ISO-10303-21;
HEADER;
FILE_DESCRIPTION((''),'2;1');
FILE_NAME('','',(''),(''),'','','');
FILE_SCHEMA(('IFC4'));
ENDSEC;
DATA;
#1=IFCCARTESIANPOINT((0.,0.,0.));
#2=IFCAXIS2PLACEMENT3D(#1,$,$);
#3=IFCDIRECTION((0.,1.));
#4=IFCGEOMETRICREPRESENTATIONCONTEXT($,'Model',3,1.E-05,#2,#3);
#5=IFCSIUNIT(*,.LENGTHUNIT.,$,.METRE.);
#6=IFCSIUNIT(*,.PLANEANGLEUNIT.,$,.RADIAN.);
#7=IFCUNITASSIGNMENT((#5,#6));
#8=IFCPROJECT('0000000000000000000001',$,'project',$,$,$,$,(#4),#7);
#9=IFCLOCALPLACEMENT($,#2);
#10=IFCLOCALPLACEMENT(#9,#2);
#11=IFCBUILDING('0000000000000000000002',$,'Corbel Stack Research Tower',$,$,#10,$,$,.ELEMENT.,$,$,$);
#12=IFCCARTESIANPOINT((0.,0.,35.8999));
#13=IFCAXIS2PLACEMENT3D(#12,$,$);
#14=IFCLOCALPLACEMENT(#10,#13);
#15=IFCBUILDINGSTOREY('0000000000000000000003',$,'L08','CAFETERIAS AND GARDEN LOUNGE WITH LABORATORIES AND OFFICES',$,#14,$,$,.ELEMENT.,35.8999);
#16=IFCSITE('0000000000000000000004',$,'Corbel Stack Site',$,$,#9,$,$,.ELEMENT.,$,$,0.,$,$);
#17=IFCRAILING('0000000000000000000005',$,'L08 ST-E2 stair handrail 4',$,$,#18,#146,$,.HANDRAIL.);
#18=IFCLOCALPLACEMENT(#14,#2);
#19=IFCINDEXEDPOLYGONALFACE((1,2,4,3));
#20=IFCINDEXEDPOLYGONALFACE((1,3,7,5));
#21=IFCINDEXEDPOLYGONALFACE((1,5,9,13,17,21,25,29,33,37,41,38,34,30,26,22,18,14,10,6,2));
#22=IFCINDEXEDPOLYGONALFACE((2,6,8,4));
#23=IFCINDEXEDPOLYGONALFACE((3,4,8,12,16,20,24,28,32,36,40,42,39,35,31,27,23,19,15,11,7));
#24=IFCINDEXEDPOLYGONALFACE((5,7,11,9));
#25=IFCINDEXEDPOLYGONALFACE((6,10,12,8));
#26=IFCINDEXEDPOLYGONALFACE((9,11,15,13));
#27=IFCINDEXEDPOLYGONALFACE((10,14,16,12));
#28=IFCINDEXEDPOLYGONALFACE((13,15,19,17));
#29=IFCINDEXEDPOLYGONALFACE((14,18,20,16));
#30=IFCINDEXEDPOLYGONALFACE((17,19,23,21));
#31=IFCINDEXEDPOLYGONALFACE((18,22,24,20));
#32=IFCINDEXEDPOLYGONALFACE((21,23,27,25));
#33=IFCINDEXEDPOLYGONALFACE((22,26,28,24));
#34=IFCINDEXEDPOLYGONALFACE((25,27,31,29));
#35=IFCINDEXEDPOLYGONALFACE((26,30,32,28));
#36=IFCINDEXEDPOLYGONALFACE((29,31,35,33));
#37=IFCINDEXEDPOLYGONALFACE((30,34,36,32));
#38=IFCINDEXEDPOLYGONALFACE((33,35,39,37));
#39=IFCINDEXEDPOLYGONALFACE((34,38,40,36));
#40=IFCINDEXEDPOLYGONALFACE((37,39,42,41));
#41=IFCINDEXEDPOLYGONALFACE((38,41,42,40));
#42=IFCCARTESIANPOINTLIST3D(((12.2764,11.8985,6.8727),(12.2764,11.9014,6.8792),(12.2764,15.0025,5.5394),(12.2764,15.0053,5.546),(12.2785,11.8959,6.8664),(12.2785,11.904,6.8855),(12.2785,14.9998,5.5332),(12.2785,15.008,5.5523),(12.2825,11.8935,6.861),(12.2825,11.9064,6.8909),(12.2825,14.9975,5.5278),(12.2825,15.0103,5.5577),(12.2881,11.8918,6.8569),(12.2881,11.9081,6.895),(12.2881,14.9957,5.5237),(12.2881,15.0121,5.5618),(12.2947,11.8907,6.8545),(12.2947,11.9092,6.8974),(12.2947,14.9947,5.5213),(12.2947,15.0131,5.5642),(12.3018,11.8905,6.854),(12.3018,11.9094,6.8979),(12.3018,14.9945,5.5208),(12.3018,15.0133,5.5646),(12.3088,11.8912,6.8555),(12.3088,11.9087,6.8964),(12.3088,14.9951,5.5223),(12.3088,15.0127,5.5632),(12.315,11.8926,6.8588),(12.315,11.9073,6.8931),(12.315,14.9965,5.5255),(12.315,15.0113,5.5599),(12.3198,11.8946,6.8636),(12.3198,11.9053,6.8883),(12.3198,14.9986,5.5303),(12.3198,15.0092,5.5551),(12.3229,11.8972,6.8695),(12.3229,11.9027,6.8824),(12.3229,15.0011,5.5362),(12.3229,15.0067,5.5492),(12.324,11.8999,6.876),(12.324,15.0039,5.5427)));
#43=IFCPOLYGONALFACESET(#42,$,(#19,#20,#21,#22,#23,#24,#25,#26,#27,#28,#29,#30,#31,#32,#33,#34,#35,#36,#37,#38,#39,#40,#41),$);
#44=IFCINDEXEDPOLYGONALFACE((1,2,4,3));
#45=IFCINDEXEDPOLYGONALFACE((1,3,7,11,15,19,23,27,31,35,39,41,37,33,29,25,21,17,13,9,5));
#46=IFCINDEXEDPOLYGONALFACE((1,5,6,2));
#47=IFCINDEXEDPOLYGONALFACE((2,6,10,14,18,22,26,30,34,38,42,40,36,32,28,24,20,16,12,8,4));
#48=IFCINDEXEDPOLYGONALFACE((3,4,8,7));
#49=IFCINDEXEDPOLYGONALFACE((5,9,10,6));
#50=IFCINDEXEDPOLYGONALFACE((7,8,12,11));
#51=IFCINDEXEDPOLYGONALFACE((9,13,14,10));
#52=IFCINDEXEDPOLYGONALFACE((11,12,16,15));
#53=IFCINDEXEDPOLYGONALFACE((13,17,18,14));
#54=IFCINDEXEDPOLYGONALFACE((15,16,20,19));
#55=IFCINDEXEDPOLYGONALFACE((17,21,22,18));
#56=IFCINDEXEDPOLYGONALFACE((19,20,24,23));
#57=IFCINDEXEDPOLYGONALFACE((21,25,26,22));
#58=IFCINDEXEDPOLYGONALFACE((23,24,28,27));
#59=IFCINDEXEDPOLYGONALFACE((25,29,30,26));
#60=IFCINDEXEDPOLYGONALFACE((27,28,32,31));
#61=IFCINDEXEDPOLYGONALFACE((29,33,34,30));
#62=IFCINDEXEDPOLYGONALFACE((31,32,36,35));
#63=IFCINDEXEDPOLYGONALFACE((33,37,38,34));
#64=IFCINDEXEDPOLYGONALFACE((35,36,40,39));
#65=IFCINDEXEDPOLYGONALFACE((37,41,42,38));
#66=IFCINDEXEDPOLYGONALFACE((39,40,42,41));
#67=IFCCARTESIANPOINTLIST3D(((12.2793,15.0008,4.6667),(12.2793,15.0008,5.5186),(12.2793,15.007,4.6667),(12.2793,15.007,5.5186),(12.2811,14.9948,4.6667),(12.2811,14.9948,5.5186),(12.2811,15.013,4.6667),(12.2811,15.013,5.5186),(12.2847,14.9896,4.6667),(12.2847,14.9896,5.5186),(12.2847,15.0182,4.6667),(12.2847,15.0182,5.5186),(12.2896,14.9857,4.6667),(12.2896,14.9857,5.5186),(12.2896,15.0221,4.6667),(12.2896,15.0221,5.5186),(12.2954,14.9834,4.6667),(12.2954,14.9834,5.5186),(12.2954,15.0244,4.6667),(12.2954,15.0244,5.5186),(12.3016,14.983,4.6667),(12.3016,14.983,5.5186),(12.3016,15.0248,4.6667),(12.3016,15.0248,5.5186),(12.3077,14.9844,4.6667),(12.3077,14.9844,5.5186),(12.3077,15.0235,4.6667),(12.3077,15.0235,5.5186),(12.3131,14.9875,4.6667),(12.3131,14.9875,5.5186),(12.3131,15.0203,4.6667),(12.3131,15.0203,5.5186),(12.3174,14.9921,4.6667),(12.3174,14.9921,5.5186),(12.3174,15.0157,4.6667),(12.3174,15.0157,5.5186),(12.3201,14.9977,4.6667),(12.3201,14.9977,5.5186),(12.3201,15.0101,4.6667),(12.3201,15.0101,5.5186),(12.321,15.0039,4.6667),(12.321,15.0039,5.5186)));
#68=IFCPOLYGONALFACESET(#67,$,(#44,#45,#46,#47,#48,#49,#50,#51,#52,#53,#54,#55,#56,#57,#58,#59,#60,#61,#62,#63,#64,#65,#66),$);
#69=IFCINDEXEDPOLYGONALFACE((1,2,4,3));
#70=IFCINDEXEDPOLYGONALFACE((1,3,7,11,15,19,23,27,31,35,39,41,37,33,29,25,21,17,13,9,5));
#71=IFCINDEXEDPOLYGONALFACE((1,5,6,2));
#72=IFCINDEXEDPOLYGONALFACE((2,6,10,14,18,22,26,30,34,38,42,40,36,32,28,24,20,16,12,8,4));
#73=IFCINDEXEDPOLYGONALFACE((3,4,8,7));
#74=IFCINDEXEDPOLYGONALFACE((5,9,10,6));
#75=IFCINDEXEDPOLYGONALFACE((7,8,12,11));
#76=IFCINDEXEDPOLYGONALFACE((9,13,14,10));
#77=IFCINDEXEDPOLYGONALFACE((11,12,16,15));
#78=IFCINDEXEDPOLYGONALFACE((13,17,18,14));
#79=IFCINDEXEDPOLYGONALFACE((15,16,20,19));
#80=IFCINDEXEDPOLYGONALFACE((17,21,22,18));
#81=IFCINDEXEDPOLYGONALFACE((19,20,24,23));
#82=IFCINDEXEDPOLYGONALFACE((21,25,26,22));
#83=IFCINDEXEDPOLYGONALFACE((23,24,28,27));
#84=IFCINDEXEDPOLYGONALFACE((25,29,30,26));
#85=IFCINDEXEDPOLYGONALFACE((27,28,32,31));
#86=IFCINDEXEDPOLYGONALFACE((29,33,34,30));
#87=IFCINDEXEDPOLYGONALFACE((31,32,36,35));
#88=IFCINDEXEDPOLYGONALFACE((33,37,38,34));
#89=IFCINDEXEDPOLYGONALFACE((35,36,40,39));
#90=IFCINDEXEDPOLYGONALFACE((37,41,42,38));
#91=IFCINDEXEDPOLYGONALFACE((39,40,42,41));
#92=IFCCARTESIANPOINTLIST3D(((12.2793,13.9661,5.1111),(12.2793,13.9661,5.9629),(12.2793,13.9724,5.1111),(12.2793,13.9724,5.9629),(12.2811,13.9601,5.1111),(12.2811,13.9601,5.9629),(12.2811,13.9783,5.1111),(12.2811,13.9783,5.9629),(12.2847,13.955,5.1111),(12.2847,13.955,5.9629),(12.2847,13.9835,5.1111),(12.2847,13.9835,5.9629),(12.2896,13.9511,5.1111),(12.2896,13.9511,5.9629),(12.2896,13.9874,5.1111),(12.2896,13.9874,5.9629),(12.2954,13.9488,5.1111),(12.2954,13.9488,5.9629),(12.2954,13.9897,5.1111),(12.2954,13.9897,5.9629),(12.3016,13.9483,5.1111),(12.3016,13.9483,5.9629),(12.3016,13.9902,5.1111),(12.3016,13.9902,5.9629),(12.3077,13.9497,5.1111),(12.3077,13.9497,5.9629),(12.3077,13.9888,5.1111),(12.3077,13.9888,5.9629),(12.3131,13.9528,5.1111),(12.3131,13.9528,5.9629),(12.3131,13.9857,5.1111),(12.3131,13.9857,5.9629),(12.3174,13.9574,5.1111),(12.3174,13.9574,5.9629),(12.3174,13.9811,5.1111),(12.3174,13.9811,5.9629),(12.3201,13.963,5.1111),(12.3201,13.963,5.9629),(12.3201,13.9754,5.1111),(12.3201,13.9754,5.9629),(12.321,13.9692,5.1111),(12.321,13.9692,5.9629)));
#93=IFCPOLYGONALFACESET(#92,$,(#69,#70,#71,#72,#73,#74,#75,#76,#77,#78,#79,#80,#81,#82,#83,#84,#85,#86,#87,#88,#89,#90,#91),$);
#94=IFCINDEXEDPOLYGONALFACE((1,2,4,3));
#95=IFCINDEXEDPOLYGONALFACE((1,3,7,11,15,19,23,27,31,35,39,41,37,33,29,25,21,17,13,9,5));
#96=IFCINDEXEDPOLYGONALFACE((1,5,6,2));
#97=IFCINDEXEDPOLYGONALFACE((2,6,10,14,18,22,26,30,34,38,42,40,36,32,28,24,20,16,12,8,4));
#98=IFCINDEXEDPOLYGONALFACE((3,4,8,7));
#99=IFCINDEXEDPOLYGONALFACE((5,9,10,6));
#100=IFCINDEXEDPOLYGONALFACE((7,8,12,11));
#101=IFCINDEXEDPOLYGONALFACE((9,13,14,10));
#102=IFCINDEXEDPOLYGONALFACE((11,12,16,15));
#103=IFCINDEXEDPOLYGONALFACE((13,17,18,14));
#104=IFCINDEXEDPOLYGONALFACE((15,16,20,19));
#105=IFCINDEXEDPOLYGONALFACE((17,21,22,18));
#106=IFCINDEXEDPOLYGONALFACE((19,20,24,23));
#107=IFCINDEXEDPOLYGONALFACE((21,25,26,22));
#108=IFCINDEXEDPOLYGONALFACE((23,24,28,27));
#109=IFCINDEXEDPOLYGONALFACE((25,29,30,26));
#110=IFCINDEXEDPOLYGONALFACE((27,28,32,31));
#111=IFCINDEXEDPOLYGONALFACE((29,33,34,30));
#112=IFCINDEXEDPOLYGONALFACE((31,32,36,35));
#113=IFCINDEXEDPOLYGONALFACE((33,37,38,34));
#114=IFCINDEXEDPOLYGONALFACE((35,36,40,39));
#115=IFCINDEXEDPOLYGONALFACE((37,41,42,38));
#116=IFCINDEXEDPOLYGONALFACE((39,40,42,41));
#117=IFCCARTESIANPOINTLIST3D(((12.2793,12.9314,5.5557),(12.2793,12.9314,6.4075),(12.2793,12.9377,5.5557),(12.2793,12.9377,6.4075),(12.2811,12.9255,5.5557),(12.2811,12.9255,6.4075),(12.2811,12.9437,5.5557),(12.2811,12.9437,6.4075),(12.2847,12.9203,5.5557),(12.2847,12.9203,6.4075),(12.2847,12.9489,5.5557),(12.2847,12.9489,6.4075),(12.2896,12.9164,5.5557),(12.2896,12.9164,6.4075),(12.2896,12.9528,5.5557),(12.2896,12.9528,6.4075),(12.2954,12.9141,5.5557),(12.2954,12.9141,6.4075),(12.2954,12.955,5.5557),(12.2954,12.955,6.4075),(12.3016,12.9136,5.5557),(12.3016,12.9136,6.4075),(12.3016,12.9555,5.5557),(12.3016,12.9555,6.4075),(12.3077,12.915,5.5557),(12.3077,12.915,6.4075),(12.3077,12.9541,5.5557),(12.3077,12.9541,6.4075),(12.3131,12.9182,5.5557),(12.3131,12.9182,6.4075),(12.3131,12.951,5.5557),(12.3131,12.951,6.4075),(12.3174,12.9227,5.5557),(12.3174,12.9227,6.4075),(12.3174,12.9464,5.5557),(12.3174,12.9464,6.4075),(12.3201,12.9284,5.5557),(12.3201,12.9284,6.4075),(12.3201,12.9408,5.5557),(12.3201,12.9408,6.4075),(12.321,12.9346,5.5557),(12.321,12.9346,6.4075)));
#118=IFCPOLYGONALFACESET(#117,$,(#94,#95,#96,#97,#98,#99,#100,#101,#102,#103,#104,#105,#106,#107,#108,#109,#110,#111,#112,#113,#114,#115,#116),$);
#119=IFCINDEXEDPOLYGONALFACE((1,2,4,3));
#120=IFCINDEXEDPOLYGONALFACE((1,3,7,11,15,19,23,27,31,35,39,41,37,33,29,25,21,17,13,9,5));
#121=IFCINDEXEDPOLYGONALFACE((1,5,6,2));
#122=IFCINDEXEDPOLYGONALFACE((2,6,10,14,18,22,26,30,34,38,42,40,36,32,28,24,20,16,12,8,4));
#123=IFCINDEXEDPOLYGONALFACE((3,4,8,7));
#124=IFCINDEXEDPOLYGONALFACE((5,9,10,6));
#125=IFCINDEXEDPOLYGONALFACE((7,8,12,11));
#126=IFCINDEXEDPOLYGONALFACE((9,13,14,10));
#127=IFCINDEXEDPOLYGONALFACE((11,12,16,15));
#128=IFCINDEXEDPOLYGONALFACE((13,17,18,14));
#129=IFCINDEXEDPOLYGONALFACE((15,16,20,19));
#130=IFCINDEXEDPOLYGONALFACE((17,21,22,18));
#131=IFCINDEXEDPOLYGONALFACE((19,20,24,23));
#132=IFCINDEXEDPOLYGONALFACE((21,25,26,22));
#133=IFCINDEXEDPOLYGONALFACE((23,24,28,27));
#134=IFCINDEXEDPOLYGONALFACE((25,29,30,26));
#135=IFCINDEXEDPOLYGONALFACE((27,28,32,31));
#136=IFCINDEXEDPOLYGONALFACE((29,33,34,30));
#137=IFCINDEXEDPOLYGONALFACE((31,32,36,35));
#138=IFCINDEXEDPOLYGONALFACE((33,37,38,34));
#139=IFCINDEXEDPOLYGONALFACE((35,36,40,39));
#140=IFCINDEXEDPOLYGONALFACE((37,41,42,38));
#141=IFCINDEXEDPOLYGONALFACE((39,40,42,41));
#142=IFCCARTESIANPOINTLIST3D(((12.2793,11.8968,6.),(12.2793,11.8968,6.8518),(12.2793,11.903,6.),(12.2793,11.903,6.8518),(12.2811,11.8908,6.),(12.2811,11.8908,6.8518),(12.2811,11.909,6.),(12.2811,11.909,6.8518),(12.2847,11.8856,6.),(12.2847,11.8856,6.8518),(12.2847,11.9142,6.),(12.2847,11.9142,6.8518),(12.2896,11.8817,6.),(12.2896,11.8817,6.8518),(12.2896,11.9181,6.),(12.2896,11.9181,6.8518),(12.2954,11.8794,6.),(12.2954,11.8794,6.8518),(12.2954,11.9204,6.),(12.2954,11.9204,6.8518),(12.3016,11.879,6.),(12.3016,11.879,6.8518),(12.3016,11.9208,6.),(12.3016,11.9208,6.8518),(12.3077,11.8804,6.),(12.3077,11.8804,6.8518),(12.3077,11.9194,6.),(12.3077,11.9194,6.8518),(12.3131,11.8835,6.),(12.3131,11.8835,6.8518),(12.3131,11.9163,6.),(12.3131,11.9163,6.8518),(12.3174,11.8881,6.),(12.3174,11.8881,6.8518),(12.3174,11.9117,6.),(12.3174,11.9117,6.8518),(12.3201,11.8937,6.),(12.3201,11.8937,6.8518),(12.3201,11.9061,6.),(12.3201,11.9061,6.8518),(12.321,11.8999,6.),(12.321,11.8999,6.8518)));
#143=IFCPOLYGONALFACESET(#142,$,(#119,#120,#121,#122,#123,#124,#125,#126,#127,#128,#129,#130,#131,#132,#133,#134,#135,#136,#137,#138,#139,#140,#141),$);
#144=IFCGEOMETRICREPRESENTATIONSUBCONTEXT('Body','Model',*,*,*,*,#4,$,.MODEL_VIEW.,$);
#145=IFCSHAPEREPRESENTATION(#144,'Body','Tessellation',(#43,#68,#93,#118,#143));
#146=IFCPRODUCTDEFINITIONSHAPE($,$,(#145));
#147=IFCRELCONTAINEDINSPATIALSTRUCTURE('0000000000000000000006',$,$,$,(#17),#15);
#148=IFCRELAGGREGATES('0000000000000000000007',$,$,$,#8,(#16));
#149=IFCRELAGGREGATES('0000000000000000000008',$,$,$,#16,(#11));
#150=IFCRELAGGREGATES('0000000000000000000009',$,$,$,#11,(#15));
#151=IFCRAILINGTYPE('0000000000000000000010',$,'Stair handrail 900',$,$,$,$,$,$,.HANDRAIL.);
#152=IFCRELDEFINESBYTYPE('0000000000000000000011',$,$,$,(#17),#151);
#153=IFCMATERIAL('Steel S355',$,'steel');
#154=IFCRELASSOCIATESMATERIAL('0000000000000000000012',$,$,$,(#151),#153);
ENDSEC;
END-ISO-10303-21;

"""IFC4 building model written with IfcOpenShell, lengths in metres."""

from ifc_helpers import new_model, si_unit, direction, frame, origin, origin_2d, place, context, subcontext, project, spatial, circle, extrude, material, type_object, element, save


model = new_model("IFC4")

# Units and contexts
model_context = context("Model", 3, precision=1e-05, world=origin(), true_north=direction((0.0, 1.0)))
body_context = subcontext(model_context, "Body", "Model", "MODEL_VIEW")
ifc_project = project(units=[si_unit("LENGTHUNIT", "METRE"), si_unit("PLANEANGLEUNIT", "RADIAN")], contexts=[model_context])

# Site, building, storey
site_placement = place(None, origin())
site = spatial("IfcSite", under=ifc_project, at=site_placement, Name="Corbel Stack Site", CompositionType="ELEMENT", RefElevation=0.0)
building_placement = place(site_placement, origin())
building = spatial("IfcBuilding", under=site, at=building_placement, Name="Corbel Stack Research Tower", CompositionType="ELEMENT")
storey_placement = place(building_placement, frame((0.0, 0.0, 35.8999)))
storey = spatial("IfcBuildingStorey", under=building, at=storey_placement, Name="L08", Description="CAFETERIAS AND GARDEN LOUNGE WITH LABORATORIES AND OFFICES", CompositionType="ELEMENT", Elevation=35.8999)

# Railing
ifc_material_1 = material(Name="Steel S355", Category="steel")
railing_type_1 = type_object("IfcRailingType", Name="Stair handrail 900", PredefinedType="HANDRAIL", material=ifc_material_1)
railing_1_placement = place(storey_placement, frame((12.3, 15.0039, 4.6667)))
element("IfcRailing", 1, at=railing_1_placement, inside=storey, type_object=railing_type_1, Name="L08 ST-E2 stair handrail 4", PredefinedType="HANDRAIL", context=body_context, shape_type="SweptSolid", body=[
    extrude(circle(Radius=0.0239, at=origin_2d()), frame((0.0, 0.0, 0.876), z_axis=(0.0, -0.918827, 0.394661), x_axis=(1.0, 0.0, 0.0)), (0.0, 0.0, 1.0), 3.3782),
    extrude(circle(Radius=0.021, at=origin_2d()), origin(), (0.0, 0.0, 1.0), 0.8518),
    extrude(circle(Radius=0.021, at=origin_2d()), frame((0.0, -1.0347, 0.4443)), (0.0, 0.0, 1.0), 0.8518),
    extrude(circle(Radius=0.021, at=origin_2d()), frame((0.0, -2.0693, 0.8889)), (0.0, 0.0, 1.0), 0.8518),
    extrude(circle(Radius=0.021, at=origin_2d()), frame((0.0, -3.104, 1.3333)), (0.0, 0.0, 1.0), 0.8518),
])

save(model, "model.ifc")
